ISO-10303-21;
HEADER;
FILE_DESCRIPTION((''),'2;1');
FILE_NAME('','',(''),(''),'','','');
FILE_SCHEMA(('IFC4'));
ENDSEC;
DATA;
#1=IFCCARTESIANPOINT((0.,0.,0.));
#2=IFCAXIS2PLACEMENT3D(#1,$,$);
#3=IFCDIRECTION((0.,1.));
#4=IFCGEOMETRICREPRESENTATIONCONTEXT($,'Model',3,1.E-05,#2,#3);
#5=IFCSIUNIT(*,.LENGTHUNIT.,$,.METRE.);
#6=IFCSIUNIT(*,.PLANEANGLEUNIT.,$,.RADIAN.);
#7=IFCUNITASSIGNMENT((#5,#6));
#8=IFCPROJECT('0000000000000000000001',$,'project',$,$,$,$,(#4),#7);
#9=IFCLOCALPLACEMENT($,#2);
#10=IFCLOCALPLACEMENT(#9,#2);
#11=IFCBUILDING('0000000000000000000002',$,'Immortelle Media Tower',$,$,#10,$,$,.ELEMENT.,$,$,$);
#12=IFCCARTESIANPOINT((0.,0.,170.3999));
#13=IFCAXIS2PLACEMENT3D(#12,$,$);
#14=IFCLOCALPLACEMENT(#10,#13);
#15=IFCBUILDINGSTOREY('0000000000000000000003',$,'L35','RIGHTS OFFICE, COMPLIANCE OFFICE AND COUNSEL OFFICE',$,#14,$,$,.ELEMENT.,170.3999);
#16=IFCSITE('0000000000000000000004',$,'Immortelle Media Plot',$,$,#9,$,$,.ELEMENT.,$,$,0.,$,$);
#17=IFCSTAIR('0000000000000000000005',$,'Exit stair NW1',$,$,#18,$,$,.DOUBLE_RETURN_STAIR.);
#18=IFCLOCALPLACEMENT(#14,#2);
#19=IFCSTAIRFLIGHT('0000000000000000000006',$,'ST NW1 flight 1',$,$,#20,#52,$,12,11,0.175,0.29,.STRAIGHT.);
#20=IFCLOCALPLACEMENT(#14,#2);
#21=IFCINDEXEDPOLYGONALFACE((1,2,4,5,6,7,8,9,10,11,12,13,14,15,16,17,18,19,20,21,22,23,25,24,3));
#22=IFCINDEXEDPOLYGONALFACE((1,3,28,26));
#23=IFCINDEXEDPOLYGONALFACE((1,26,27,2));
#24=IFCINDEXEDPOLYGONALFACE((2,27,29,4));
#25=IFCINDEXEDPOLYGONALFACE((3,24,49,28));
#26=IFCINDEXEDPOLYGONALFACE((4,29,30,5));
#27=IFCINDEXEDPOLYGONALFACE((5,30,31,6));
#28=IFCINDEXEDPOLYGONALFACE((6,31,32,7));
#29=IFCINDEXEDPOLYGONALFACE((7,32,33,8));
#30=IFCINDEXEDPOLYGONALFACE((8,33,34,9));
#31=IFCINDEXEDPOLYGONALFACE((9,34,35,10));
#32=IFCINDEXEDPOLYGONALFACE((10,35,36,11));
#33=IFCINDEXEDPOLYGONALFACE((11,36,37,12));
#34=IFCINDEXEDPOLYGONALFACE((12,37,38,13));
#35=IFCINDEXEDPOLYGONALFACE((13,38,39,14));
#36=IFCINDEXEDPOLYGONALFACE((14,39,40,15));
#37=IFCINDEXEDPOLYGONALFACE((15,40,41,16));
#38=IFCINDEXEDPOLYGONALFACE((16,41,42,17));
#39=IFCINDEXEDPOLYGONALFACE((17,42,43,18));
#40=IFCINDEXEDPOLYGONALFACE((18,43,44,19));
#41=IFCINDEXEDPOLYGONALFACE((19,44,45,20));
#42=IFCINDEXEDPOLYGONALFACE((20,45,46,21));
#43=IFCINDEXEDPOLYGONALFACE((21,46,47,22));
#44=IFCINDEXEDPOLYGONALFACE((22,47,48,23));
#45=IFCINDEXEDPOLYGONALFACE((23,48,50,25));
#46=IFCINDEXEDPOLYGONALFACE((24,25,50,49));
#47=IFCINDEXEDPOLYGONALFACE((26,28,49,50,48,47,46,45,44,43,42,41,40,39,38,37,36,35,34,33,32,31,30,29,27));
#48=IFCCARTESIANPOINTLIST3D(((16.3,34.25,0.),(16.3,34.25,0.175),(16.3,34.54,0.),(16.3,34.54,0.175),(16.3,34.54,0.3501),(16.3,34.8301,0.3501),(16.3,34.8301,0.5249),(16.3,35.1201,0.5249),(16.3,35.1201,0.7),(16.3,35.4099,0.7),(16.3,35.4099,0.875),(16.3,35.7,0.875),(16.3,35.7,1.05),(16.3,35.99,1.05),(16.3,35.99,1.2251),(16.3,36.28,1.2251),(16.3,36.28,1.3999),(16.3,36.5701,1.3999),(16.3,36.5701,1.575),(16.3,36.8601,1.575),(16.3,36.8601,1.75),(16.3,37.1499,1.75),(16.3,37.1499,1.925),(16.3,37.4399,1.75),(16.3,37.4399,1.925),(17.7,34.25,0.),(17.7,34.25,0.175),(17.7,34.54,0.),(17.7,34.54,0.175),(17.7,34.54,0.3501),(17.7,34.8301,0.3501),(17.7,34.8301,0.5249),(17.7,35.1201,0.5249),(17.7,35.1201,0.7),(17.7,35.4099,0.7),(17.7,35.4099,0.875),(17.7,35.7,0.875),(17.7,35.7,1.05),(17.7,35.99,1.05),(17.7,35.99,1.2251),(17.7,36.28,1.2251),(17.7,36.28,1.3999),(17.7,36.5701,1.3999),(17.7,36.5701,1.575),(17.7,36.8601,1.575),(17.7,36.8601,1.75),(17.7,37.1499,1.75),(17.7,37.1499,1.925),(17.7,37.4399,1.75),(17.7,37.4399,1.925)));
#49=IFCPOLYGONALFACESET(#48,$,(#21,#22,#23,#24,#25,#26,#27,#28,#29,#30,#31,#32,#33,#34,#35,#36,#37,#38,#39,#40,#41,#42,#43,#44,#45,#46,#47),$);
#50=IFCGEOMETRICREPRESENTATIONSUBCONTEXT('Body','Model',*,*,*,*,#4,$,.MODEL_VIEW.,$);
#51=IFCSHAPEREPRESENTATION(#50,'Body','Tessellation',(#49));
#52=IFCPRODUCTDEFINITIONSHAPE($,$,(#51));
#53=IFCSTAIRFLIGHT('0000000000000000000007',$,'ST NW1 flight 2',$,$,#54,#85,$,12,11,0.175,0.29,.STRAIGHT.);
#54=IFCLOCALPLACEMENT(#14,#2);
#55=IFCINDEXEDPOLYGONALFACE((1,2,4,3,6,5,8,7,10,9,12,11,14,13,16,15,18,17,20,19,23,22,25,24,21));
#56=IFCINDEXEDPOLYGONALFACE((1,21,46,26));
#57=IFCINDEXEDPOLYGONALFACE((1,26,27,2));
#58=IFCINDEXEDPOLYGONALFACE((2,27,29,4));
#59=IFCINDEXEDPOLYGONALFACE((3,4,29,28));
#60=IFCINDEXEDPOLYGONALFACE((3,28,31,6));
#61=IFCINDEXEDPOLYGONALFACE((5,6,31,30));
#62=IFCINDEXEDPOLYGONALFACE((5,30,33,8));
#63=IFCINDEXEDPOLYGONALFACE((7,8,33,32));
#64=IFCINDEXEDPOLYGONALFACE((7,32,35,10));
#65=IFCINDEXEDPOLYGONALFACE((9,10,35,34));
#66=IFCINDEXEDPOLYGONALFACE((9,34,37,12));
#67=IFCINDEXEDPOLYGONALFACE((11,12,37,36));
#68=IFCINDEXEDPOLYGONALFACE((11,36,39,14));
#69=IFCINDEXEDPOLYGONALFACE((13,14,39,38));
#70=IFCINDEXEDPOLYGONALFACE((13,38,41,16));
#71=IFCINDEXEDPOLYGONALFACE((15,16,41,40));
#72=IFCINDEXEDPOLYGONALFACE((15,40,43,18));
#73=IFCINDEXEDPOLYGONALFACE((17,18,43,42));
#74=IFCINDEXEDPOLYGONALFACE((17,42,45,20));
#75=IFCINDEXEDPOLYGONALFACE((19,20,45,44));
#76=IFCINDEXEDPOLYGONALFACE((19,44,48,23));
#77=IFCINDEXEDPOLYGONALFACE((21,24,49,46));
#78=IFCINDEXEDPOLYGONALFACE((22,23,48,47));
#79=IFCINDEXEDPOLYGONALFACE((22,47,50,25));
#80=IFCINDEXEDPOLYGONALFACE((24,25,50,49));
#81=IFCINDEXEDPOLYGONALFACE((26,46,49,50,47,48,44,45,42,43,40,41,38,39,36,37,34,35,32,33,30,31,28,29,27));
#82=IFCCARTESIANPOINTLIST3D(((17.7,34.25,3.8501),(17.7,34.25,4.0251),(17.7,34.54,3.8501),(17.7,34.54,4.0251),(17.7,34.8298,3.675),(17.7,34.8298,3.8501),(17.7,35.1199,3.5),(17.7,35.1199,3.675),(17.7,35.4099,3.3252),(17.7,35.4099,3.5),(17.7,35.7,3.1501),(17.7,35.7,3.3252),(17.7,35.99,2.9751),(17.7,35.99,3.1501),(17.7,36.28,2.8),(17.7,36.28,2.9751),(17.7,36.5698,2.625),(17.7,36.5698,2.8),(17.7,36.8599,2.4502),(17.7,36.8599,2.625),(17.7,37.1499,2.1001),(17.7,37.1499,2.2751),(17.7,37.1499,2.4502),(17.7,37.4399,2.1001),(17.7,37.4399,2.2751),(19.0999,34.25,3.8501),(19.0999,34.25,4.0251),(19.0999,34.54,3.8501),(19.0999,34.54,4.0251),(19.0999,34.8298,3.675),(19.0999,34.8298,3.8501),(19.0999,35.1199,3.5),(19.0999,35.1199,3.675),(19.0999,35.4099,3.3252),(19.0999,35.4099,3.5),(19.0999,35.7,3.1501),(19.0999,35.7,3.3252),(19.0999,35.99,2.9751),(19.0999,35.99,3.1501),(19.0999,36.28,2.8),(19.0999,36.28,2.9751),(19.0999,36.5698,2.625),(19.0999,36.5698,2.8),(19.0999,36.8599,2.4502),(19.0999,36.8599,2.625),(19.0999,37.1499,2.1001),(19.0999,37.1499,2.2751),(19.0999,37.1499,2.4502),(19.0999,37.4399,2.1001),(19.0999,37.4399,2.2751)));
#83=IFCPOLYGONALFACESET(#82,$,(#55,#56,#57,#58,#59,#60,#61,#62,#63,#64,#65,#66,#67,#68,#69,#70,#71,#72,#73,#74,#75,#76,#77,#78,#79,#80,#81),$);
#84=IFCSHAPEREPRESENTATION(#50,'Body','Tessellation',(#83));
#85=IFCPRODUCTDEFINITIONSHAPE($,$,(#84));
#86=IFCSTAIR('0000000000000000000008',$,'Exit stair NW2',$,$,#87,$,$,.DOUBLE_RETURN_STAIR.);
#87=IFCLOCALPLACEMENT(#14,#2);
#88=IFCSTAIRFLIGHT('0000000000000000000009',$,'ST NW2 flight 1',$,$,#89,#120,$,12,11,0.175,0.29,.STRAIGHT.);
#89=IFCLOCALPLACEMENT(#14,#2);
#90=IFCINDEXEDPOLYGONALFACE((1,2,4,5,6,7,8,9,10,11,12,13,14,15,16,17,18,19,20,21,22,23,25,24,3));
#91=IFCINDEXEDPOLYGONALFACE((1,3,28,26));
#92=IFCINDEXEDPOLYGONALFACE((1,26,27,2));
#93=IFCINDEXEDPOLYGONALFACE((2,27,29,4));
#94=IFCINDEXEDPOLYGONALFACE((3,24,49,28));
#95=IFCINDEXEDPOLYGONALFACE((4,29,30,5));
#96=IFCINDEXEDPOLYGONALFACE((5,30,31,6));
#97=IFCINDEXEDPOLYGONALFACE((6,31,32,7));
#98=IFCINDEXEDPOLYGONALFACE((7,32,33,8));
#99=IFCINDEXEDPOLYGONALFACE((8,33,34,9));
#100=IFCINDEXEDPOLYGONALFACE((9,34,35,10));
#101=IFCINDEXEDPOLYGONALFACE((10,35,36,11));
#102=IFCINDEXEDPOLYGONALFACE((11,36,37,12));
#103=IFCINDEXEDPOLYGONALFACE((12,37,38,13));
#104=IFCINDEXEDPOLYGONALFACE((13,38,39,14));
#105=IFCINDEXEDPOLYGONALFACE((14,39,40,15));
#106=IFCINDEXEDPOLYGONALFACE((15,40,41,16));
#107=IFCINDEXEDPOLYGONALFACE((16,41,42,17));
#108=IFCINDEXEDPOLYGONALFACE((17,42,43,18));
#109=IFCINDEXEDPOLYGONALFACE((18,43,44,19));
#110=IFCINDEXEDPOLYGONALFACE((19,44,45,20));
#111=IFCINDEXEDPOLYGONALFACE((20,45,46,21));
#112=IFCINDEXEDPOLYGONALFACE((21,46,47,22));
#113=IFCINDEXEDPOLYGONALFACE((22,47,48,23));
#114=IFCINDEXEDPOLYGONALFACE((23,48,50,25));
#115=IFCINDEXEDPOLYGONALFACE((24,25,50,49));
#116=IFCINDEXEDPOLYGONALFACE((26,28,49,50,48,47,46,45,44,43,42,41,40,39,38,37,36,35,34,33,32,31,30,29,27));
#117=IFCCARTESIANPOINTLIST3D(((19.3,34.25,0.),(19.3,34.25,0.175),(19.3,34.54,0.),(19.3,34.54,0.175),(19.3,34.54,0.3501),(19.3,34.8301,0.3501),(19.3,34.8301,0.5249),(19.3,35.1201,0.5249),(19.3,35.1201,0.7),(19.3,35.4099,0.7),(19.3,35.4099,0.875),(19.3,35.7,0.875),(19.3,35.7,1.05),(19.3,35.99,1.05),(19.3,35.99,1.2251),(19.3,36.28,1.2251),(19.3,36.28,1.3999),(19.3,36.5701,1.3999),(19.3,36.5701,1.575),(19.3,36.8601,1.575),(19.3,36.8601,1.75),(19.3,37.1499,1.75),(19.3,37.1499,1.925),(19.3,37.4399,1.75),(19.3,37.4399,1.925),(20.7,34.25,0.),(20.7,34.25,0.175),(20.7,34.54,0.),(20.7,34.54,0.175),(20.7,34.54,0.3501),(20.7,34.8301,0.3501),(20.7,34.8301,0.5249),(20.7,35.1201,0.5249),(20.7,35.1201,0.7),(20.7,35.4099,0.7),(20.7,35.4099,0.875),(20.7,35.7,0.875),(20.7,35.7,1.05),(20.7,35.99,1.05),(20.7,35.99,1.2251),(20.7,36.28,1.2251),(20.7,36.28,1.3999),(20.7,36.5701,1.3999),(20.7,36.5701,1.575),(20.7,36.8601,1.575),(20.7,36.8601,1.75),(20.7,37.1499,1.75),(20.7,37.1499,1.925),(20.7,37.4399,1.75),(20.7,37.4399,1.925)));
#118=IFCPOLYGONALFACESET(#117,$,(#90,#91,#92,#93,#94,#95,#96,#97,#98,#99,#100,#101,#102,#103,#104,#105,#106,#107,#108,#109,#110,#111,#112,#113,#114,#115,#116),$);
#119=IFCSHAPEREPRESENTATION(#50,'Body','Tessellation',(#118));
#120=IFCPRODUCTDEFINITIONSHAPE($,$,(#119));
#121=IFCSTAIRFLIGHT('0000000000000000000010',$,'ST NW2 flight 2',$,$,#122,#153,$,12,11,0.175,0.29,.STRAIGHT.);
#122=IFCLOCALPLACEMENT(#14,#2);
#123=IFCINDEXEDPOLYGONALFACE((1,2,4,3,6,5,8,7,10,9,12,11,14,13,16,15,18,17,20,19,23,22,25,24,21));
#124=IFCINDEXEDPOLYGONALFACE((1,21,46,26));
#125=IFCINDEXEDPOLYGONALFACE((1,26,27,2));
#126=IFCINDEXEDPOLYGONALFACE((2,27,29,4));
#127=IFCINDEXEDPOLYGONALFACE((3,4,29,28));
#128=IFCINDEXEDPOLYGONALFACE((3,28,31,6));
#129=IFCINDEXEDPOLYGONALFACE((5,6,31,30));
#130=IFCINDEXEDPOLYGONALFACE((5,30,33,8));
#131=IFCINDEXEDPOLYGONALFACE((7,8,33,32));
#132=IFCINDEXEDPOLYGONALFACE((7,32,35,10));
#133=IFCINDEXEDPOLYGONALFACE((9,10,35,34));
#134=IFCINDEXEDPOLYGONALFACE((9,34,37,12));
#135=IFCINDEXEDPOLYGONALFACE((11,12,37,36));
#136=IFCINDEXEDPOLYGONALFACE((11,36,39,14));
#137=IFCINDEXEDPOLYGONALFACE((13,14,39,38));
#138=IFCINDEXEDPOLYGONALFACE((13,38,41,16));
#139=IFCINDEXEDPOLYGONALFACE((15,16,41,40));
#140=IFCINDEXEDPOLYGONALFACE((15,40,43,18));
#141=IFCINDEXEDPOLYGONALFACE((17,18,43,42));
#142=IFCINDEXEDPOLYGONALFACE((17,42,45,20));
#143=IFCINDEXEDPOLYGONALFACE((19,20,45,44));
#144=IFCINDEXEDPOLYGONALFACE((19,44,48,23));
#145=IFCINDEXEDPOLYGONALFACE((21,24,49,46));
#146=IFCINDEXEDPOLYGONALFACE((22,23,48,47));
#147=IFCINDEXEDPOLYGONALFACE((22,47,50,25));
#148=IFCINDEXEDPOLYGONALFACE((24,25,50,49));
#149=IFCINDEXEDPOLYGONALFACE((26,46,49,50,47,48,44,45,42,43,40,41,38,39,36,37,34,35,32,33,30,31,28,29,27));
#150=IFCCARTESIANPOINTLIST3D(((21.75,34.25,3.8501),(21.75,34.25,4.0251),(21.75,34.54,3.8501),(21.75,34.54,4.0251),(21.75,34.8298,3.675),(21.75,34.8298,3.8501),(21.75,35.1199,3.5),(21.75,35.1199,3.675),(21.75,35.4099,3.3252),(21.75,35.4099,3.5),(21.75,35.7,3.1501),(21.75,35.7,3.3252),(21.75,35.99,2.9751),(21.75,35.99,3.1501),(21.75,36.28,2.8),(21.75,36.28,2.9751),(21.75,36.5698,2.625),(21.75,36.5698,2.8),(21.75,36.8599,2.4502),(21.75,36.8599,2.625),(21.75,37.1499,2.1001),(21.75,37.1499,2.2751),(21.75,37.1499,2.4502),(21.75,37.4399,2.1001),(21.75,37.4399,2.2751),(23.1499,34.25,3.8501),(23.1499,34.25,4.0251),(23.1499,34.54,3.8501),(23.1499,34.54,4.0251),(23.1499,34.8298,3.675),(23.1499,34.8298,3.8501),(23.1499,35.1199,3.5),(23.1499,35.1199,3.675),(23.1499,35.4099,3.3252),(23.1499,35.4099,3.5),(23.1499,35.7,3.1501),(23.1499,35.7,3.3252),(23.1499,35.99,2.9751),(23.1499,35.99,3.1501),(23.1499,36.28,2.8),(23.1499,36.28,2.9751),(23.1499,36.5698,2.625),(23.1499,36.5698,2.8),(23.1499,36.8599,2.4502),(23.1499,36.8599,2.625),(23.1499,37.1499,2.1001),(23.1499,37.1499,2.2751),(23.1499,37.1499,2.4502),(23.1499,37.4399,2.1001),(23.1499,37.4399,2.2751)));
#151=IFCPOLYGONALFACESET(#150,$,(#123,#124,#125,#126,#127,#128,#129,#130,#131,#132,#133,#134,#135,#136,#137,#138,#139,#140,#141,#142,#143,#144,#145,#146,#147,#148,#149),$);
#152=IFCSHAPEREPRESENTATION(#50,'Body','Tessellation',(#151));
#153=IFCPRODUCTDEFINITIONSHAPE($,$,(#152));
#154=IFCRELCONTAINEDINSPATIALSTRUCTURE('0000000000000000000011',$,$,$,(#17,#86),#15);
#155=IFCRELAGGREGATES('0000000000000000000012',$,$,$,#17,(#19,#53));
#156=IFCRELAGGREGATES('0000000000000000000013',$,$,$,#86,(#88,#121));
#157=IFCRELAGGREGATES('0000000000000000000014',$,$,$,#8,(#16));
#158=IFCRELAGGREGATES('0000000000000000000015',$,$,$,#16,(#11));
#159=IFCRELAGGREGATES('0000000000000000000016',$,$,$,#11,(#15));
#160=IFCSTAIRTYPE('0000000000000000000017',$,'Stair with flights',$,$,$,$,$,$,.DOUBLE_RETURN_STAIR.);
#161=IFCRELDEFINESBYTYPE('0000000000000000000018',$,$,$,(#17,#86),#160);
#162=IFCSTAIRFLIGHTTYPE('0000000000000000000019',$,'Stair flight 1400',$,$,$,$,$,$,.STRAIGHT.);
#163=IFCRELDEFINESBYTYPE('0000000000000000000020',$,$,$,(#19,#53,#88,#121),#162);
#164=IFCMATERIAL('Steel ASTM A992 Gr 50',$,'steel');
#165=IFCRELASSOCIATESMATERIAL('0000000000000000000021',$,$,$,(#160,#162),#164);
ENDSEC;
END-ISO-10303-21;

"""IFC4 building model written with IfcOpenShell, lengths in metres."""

from ifc_helpers import new_model, si_unit, direction, frame, origin, place, context, subcontext, project, spatial, polyline, outline, extrude, material, type_object, element, aggregate, save


model = new_model("IFC4")

# Units and contexts
model_context = context("Model", 3, precision=1e-05, world=origin(), true_north=direction((0.0, 1.0)))
body_context = subcontext(model_context, "Body", "Model", "MODEL_VIEW")
ifc_project = project(units=[si_unit("LENGTHUNIT", "METRE"), si_unit("PLANEANGLEUNIT", "RADIAN")], contexts=[model_context])

# Site, building, storey
site_placement = place(None, origin())
site = spatial("IfcSite", under=ifc_project, at=site_placement, Name="Immortelle Media Plot", CompositionType="ELEMENT", RefElevation=0.0)
building_placement = place(site_placement, origin())
building = spatial("IfcBuilding", under=site, at=building_placement, Name="Immortelle Media Tower", CompositionType="ELEMENT")
storey_placement = place(building_placement, frame((0.0, 0.0, 170.3999)))
storey = spatial("IfcBuildingStorey", under=building, at=storey_placement, Name="L35", Description="RIGHTS OFFICE, COMPLIANCE OFFICE AND COUNSEL OFFICE", CompositionType="ELEMENT", Elevation=170.3999)

# Shared definitions
ifc_material_1 = material(Name="Steel ASTM A992 Gr 50", Category="steel")

# Stairs, stair flights
stair_type = type_object("IfcStairType", Name="Stair with flights", PredefinedType="DOUBLE_RETURN_STAIR", material=ifc_material_1)
stair_1_placement = place(storey_placement, origin())
stair_1 = element("IfcStair", 1, at=stair_1_placement, inside=storey, type_object=stair_type, Name="Exit stair NW1", PredefinedType="DOUBLE_RETURN_STAIR")
stair_flight_type = type_object("IfcStairFlightType", Name="Stair flight 1400", PredefinedType="STRAIGHT", material=ifc_material_1)
stair_flight_1_placement = place(storey_placement, frame((17.0, 34.25, 0.0), z_axis=(0.0, 0.0, 1.0), x_axis=(0.0, 1.0, 0.0)))
stair_flight_1 = element("IfcStairFlight", 2, at=stair_flight_1_placement, type_object=stair_flight_type, Name="ST NW1 flight 1", NumberOfRisers=12, NumberOfTreads=11, PredefinedType="STRAIGHT", RiserHeight=0.175, TreadLength=0.29, context=body_context, shape_type="SweptSolid", body=[
    extrude(outline(polyline([(0.0, 0.0), (0.0, 0.175), (0.29, 0.175), (0.29, 0.3501), (0.5801, 0.3501), (0.5801, 0.5249), (0.8701, 0.5249), (0.8701, 0.7), (1.1599, 0.7), (1.1599, 0.875), (1.45, 0.875), (1.45, 1.05), (1.74, 1.05), (1.74, 1.2251), (2.03, 1.2251), (2.03, 1.3999), (2.3201, 1.3999), (2.3201, 1.575), (2.6101, 1.575), (2.6101, 1.75), (2.8999, 1.75), (2.8999, 1.925), (3.1899, 1.925), (3.1899, 2.1001), (3.1899, 1.75), (0.29, 0.0), (0.0, 0.0)])), frame((0.0, 0.7, 0.0), z_axis=(0.0, -1.0, 0.0), x_axis=(1.0, 0.0, 0.0)), (0.0, 0.0, 1.0), 1.3999),
])
stair_flight_2_placement = place(storey_placement, frame((18.3999, 37.4399, 2.1001), z_axis=(0.0, 0.0, 1.0), x_axis=(0.0, -1.0, 0.0)))
stair_flight_2 = element("IfcStairFlight", 3, at=stair_flight_2_placement, type_object=stair_flight_type, Name="ST NW1 flight 2", NumberOfRisers=12, NumberOfTreads=11, PredefinedType="STRAIGHT", RiserHeight=0.175, TreadLength=0.29, context=body_context, shape_type="SweptSolid", body=[
    extrude(outline(polyline([(0.0, 0.0), (0.0, 0.175), (0.29, 0.175), (0.29, 0.3501), (0.5801, 0.3501), (0.5801, 0.5249), (0.8701, 0.5249), (0.8701, 0.7), (1.1599, 0.7), (1.1599, 0.875), (1.45, 0.875), (1.45, 1.05), (1.74, 1.05), (1.74, 1.2251), (2.03, 1.2251), (2.03, 1.3999), (2.3201, 1.3999), (2.3201, 1.575), (2.6101, 1.575), (2.6101, 1.75), (2.8999, 1.75), (2.8999, 1.925), (3.1899, 1.925), (3.1899, 2.1001), (3.1899, 1.75), (0.29, 0.0), (0.0, 0.0)])), frame((0.0, 0.7, 0.0), z_axis=(0.0, -1.0, 0.0), x_axis=(1.0, 0.0, 0.0)), (0.0, 0.0, 1.0), 1.3999),
])
aggregate(stair_1, [stair_flight_1, stair_flight_2])
stair_2_placement = place(storey_placement, origin())
stair_2 = element("IfcStair", 4, at=stair_2_placement, inside=storey, type_object=stair_type, Name="Exit stair NW2", PredefinedType="DOUBLE_RETURN_STAIR")
stair_flight_3_placement = place(storey_placement, frame((20.0, 34.25, 0.0), z_axis=(0.0, 0.0, 1.0), x_axis=(0.0, 1.0, 0.0)))
stair_flight_3 = element("IfcStairFlight", 5, at=stair_flight_3_placement, type_object=stair_flight_type, Name="ST NW2 flight 1", NumberOfRisers=12, NumberOfTreads=11, PredefinedType="STRAIGHT", RiserHeight=0.175, TreadLength=0.29, context=body_context, shape_type="SweptSolid", body=[
    extrude(outline(polyline([(0.0, 0.0), (0.0, 0.175), (0.29, 0.175), (0.29, 0.3501), (0.5801, 0.3501), (0.5801, 0.5249), (0.8701, 0.5249), (0.8701, 0.7), (1.1599, 0.7), (1.1599, 0.875), (1.45, 0.875), (1.45, 1.05), (1.74, 1.05), (1.74, 1.2251), (2.03, 1.2251), (2.03, 1.3999), (2.3201, 1.3999), (2.3201, 1.575), (2.6101, 1.575), (2.6101, 1.75), (2.8999, 1.75), (2.8999, 1.925), (3.1899, 1.925), (3.1899, 2.1001), (3.1899, 1.75), (0.29, 0.0), (0.0, 0.0)])), frame((0.0, 0.7, 0.0), z_axis=(0.0, -1.0, 0.0), x_axis=(1.0, 0.0, 0.0)), (0.0, 0.0, 1.0), 1.3999),
])
stair_flight_4_placement = place(storey_placement, frame((22.45, 37.4399, 2.1001), z_axis=(0.0, 0.0, 1.0), x_axis=(0.0, -1.0, 0.0)))
stair_flight_4 = element("IfcStairFlight", 6, at=stair_flight_4_placement, type_object=stair_flight_type, Name="ST NW2 flight 2", NumberOfRisers=12, NumberOfTreads=11, PredefinedType="STRAIGHT", RiserHeight=0.175, TreadLength=0.29, context=body_context, shape_type="SweptSolid", body=[
    extrude(outline(polyline([(0.0, 0.0), (0.0, 0.175), (0.29, 0.175), (0.29, 0.3501), (0.5801, 0.3501), (0.5801, 0.5249), (0.8701, 0.5249), (0.8701, 0.7), (1.1599, 0.7), (1.1599, 0.875), (1.45, 0.875), (1.45, 1.05), (1.74, 1.05), (1.74, 1.2251), (2.03, 1.2251), (2.03, 1.3999), (2.3201, 1.3999), (2.3201, 1.575), (2.6101, 1.575), (2.6101, 1.75), (2.8999, 1.75), (2.8999, 1.925), (3.1899, 1.925), (3.1899, 2.1001), (3.1899, 1.75), (0.29, 0.0), (0.0, 0.0)])), frame((0.0, 0.7, 0.0), z_axis=(0.0, -1.0, 0.0), x_axis=(1.0, 0.0, 0.0)), (0.0, 0.0, 1.0), 1.3999),
])
aggregate(stair_2, [stair_flight_3, stair_flight_4])

save(model, "model.ifc")
